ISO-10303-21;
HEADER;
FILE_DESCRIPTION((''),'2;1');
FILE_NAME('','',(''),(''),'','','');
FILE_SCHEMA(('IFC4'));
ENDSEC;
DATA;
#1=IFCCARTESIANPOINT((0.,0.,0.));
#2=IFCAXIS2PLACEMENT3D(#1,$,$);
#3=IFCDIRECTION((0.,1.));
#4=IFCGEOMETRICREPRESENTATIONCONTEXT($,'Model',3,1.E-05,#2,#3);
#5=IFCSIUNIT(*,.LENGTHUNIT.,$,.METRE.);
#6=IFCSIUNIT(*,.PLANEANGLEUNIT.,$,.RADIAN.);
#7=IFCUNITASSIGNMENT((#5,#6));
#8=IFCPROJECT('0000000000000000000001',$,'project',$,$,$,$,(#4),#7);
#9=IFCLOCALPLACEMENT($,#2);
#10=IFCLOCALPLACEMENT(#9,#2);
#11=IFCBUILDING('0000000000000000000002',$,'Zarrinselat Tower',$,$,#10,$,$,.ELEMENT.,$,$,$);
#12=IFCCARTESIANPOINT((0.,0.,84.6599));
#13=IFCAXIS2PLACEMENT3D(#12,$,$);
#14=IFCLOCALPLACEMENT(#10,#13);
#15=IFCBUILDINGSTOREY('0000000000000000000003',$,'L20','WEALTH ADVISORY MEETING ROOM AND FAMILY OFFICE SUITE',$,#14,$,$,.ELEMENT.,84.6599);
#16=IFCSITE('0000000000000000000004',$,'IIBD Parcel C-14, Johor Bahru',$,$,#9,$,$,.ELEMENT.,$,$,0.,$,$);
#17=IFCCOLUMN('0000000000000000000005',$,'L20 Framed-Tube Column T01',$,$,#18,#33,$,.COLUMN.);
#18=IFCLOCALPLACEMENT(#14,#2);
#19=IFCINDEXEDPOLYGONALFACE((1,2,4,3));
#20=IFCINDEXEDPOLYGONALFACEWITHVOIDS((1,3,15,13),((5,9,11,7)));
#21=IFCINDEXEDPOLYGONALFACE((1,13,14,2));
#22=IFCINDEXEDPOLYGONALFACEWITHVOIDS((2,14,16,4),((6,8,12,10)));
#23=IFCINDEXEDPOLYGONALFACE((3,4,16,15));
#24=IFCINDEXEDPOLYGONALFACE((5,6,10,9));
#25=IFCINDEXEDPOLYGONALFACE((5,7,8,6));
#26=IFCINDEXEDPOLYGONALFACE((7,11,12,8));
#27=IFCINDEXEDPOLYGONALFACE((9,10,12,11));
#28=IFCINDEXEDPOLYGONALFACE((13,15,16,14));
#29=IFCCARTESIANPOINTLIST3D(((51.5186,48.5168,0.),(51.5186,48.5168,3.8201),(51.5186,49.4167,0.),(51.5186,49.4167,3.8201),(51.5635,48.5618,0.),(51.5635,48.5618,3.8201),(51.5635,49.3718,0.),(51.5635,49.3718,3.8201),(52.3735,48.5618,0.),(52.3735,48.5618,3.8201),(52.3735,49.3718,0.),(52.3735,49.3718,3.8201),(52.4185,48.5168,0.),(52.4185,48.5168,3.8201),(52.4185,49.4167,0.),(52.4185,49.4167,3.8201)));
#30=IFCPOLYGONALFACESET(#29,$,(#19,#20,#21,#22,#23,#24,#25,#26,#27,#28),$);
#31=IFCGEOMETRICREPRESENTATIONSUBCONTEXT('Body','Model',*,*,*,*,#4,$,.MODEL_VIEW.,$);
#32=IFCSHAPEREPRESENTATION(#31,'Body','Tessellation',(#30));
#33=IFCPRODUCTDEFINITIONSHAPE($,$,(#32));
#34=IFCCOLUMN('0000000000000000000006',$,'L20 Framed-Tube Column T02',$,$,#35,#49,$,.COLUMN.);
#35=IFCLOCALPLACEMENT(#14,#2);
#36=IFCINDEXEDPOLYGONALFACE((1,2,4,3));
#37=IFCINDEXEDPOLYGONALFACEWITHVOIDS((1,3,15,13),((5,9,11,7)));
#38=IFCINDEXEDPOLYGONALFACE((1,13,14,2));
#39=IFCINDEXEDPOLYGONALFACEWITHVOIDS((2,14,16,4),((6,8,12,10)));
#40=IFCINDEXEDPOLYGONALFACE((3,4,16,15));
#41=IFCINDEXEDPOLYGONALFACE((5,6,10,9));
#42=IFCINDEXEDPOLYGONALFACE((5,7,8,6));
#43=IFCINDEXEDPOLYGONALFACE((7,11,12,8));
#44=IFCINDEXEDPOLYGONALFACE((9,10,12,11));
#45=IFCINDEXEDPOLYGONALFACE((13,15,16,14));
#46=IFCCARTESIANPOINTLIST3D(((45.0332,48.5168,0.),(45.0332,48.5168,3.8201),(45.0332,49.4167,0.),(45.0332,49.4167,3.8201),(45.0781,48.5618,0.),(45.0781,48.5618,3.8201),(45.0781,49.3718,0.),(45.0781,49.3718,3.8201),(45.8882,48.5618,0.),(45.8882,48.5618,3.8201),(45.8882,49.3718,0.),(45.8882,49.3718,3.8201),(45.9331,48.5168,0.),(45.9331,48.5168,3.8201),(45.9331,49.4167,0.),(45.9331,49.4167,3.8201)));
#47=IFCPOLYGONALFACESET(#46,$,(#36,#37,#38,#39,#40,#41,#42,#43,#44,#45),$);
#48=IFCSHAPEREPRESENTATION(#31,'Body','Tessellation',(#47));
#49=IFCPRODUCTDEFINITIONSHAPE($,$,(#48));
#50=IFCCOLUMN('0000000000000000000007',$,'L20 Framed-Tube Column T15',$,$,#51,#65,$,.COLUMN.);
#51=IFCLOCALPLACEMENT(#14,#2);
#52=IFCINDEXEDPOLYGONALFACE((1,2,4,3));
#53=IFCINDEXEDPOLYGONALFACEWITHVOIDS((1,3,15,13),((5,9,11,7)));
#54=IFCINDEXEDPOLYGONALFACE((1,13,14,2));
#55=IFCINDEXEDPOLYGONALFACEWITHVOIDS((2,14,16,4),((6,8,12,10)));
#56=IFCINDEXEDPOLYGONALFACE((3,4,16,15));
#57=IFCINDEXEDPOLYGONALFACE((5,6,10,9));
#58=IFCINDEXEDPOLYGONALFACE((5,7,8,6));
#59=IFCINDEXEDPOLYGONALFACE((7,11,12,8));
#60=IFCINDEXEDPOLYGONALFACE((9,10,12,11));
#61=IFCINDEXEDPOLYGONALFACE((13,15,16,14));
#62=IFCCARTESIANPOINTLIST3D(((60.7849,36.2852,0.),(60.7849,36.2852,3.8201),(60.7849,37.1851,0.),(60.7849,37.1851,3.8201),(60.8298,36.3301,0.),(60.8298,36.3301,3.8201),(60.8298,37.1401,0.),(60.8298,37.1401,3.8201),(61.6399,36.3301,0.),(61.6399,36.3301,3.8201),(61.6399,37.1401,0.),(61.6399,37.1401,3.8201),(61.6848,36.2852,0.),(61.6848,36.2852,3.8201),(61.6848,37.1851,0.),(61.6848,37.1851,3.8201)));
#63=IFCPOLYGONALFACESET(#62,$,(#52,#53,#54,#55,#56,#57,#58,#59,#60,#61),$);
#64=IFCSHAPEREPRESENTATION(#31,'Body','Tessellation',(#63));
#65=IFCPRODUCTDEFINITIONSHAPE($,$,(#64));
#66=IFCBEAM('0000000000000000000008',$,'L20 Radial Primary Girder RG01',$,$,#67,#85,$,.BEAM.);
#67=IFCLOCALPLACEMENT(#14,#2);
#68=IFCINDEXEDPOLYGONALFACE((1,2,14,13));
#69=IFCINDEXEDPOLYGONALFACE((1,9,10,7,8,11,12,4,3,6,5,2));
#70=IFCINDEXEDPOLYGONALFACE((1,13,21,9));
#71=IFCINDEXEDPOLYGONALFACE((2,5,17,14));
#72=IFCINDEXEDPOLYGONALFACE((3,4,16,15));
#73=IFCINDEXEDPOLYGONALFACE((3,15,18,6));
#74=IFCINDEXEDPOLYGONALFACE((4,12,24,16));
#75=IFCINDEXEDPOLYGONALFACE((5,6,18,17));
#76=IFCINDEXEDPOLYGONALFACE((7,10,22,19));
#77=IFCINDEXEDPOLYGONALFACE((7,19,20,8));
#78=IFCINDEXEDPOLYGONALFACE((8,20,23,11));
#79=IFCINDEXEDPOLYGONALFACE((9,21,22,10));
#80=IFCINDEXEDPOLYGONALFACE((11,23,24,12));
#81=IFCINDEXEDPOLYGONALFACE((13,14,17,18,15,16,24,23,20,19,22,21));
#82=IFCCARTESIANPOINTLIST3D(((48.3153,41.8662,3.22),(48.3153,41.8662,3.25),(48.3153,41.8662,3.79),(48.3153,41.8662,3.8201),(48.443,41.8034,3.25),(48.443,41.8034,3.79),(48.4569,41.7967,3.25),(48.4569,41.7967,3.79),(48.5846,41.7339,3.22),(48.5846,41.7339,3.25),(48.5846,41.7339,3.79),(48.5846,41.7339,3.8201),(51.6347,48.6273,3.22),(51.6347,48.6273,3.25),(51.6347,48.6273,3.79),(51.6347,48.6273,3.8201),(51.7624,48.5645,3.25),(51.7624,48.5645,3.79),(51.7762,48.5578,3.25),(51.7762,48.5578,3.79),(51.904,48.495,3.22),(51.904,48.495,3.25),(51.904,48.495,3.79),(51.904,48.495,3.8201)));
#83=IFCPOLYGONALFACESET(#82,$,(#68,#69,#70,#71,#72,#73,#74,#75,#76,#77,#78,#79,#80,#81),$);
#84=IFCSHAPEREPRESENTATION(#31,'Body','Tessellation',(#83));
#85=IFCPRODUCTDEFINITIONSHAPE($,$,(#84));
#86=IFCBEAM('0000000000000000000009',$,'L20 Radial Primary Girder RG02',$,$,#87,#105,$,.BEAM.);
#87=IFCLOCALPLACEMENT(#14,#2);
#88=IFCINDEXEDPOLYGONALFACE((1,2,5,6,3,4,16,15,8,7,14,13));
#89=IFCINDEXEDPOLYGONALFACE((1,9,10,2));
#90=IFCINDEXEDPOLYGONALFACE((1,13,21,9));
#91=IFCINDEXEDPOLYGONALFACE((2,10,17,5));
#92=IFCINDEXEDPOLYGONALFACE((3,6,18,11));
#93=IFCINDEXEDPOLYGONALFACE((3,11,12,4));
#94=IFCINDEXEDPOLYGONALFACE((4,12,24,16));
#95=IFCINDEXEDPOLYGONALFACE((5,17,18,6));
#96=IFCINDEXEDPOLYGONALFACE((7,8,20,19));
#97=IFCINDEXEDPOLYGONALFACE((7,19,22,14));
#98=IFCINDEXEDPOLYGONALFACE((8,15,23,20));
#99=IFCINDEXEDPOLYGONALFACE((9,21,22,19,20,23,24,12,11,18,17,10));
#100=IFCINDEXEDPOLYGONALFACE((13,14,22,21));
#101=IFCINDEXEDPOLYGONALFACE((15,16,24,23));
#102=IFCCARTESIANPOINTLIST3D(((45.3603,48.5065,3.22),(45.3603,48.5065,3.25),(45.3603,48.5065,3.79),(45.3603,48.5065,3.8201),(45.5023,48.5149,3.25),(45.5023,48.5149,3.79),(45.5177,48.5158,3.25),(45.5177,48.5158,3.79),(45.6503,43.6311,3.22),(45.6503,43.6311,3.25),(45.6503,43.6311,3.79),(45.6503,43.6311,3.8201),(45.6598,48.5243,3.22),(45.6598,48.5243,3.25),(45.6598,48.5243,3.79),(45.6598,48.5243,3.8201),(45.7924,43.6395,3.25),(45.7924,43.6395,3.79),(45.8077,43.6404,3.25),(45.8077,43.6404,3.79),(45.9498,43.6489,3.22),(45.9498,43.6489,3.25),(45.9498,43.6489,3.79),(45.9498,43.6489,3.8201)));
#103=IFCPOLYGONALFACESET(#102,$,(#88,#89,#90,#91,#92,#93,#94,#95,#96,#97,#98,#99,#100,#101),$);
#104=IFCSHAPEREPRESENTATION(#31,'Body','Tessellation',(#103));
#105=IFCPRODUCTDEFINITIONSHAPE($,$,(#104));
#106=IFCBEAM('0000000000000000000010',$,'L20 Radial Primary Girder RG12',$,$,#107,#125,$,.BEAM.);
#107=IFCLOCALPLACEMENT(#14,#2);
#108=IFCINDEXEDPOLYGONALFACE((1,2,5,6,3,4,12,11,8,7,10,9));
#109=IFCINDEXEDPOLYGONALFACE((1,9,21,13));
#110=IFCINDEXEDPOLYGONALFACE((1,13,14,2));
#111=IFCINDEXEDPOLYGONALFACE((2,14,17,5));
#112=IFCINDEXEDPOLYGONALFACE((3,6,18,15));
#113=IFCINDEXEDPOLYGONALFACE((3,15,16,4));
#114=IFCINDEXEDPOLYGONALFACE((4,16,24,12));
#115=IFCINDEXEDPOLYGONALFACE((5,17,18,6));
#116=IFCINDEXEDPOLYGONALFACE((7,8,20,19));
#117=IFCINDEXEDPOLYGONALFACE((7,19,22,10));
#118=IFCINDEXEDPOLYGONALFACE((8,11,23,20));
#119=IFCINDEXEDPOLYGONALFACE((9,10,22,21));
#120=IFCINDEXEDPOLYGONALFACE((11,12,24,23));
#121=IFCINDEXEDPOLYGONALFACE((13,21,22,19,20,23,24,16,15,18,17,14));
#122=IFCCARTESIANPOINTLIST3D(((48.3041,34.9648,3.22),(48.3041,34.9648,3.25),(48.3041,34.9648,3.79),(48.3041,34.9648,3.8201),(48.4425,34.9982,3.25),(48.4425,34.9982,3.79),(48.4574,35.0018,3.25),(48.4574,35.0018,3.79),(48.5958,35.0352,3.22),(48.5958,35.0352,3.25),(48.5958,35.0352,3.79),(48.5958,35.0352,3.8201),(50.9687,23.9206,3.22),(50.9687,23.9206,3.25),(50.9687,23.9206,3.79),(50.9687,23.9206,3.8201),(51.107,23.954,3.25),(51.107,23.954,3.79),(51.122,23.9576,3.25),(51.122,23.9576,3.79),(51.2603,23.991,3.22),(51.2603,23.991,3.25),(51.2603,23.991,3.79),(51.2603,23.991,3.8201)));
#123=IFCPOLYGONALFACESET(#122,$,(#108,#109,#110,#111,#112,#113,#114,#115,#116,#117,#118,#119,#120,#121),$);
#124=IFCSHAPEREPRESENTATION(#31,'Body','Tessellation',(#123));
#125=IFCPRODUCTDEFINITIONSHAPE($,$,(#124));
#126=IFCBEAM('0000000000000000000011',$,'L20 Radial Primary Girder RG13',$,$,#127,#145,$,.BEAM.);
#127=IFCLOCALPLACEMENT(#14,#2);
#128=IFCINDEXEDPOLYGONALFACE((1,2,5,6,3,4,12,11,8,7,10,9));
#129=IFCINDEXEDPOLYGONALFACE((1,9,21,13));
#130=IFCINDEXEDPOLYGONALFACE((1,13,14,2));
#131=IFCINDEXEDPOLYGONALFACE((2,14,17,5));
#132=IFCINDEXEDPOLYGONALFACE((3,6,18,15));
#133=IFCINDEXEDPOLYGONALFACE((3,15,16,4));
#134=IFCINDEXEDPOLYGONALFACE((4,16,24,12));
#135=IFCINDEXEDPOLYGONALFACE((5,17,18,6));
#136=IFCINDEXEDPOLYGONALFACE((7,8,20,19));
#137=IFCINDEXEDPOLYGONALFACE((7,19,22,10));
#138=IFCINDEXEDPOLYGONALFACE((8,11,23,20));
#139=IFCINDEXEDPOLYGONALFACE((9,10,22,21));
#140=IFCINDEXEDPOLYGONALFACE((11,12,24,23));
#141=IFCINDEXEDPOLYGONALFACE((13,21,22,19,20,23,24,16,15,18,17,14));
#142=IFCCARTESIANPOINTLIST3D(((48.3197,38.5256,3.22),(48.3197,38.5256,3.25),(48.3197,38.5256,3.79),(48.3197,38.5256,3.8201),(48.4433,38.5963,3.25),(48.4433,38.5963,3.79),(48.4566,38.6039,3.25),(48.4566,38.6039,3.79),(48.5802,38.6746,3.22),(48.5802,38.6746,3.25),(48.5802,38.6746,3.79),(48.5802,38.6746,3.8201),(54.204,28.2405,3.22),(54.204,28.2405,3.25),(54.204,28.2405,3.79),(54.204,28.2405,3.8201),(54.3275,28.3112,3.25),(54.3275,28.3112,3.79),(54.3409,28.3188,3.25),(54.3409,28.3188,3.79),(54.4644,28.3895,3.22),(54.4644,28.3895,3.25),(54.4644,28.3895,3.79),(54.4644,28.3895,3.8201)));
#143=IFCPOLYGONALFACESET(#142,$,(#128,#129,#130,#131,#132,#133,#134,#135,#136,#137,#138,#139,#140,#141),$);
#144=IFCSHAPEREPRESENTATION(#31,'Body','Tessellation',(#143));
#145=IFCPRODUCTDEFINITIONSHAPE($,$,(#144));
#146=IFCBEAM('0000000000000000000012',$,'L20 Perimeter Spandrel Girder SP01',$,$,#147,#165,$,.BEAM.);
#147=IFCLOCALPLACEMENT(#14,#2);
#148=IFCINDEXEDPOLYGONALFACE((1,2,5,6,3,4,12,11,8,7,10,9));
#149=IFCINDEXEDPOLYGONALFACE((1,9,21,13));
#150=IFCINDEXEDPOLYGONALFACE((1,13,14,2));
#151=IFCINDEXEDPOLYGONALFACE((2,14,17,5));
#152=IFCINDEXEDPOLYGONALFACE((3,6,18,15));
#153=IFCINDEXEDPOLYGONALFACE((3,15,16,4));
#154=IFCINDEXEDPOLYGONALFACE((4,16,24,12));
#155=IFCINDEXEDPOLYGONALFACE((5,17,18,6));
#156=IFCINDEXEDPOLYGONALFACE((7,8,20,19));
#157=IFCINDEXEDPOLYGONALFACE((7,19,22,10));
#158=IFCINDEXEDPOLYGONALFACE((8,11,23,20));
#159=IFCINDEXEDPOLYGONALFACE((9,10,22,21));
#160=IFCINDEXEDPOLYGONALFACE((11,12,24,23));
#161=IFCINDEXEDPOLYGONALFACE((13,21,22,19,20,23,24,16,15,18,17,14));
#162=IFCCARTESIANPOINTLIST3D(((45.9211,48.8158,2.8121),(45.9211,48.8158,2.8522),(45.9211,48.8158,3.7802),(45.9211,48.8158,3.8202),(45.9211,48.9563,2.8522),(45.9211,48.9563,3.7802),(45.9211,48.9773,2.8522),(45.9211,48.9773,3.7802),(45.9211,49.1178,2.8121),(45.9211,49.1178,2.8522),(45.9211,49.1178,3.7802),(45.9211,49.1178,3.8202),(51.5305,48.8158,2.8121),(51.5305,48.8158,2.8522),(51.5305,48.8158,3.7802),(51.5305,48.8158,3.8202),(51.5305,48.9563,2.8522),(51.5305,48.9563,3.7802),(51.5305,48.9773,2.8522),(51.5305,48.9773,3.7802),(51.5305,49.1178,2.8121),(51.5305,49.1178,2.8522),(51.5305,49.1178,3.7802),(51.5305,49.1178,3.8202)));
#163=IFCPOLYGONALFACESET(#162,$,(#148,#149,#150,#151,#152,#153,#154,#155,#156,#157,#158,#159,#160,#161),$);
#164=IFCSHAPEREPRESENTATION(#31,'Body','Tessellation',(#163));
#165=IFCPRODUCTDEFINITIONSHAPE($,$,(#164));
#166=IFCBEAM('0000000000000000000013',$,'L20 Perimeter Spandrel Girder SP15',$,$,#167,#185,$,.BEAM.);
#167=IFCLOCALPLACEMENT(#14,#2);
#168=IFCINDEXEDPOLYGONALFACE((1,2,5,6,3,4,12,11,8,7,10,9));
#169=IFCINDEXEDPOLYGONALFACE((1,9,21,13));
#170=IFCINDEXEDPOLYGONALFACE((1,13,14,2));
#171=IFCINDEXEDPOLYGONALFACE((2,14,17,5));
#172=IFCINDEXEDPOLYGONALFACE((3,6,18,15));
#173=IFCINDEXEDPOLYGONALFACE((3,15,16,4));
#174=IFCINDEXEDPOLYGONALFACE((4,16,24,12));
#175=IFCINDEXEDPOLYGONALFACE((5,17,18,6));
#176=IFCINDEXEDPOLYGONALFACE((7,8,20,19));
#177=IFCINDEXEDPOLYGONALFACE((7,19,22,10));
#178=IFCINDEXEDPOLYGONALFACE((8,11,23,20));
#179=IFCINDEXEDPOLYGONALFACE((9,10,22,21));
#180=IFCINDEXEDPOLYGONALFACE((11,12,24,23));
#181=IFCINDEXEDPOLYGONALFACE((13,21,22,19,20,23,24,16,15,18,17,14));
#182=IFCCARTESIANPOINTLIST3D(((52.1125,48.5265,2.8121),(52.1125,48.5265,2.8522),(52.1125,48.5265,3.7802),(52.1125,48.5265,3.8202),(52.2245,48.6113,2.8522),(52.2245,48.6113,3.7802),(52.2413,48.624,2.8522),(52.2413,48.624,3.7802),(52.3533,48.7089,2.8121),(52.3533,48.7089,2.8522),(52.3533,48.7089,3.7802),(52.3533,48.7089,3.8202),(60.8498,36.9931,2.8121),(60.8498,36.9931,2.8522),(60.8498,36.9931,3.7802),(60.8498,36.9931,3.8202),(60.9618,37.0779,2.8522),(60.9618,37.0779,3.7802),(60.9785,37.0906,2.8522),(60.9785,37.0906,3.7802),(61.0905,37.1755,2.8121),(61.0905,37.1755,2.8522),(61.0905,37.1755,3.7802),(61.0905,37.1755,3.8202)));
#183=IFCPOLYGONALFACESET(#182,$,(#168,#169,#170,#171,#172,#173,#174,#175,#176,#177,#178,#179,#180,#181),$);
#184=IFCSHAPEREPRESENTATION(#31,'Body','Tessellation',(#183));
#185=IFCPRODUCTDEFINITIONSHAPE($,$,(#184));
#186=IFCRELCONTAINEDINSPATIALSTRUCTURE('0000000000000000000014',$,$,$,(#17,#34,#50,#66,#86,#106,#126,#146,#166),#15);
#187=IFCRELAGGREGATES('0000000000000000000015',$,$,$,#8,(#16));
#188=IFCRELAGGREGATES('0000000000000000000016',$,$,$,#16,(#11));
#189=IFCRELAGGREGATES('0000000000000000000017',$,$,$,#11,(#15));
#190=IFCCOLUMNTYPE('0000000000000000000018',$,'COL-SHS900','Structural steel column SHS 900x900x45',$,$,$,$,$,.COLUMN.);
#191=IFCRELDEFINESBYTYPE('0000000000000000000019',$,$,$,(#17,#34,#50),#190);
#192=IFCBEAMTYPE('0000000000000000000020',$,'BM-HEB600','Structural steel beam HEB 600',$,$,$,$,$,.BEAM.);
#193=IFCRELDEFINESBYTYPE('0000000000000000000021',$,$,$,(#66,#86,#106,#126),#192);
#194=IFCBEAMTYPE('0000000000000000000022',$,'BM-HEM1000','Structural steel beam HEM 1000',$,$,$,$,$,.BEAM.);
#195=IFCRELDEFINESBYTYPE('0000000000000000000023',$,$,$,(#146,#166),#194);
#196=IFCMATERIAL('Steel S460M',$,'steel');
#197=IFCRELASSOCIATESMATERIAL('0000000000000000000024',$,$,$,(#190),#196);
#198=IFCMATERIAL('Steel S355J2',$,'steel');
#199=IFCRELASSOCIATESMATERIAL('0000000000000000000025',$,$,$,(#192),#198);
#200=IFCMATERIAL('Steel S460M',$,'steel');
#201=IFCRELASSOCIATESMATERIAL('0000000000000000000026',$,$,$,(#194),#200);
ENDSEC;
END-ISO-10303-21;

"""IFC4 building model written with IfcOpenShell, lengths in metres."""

from ifc_helpers import new_model, si_unit, direction, frame, origin, origin_2d, place, context, subcontext, project, spatial, hollow_rectangle, i_section, extrude, material, material_profile, profile_set, type_object, element, save


model = new_model("IFC4")

# Units and contexts
model_context = context("Model", 3, precision=1e-05, world=origin(), true_north=direction((0.0, 1.0)))
body_context = subcontext(model_context, "Body", "Model", "MODEL_VIEW")
ifc_project = project(units=[si_unit("LENGTHUNIT", "METRE"), si_unit("PLANEANGLEUNIT", "RADIAN")], contexts=[model_context])

# Site, building, storey
site_placement = place(None, origin())
site = spatial("IfcSite", under=ifc_project, at=site_placement, Name="IIBD Parcel C-14, Johor Bahru", CompositionType="ELEMENT", RefElevation=0.0)
building_placement = place(site_placement, origin())
building = spatial("IfcBuilding", under=site, at=building_placement, Name="Zarrinselat Tower", CompositionType="ELEMENT")
storey_placement = place(building_placement, frame((0.0, 0.0, 84.6599)))
storey = spatial("IfcBuildingStorey", under=building, at=storey_placement, Name="L20", Description="WEALTH ADVISORY MEETING ROOM AND FAMILY OFFICE SUITE", CompositionType="ELEMENT", Elevation=84.6599)

# Columns
ifc_material_1 = material(Name="Steel S460M", Category="steel")
ifc_material_profile_1 = material_profile(ifc_material_1, hollow_rectangle(XDim=0.8999, YDim=0.8999, WallThickness=0.0449, at=origin_2d()), Name="SHS 900x900x45")
ifc_profile_set_1 = profile_set([ifc_material_profile_1], Name="Steel S460M")
column_type = type_object("IfcColumnType", Name="COL-SHS900", Description="Structural steel column SHS 900x900x45", PredefinedType="COLUMN", material=ifc_profile_set_1)
for number, where, z_axis, x_axis, name in (
    (1, (51.9685, 48.9668, 0.0), (0.0, 0.0, 1.0), (1.0, 0.0, 0.0), "L20 Framed-Tube Column T01"),
    (2, (45.4832, 48.9668, 0.0), (0.0, 0.0, 1.0), (1.0, 0.0, 0.0), "L20 Framed-Tube Column T02"),
    (3, (61.2349, 36.7351, 0.0), (0.0, 0.0, 1.0), (1.0, 0.0, 0.0), "L20 Framed-Tube Column T15"),
):
    element("IfcColumn", number, at=place(storey_placement, frame(where, z_axis=z_axis, x_axis=x_axis)), inside=storey, type_object=column_type, Name=name, PredefinedType="COLUMN", context=body_context, shape_type="SweptSolid", body=[
        extrude(hollow_rectangle(XDim=0.8999, YDim=0.8999, WallThickness=0.0449, at=origin_2d()), origin(), (0.0, 0.0, 1.0), 3.8201),
    ])

# Beams
ifc_material_2 = material(Name="Steel S355J2", Category="steel")
ifc_material_profile_2 = material_profile(ifc_material_2, i_section(OverallWidth=0.3, OverallDepth=0.6001, WebThickness=0.0154, FlangeThickness=0.03, at=origin_2d()), Name="HEB 600")
ifc_profile_set_2 = profile_set([ifc_material_profile_2], Name="Steel S355J2")
beam_type_1 = type_object("IfcBeamType", Name="BM-HEB600", Description="Structural steel beam HEB 600", PredefinedType="BEAM", material=ifc_profile_set_2)
beam_1_placement = place(storey_placement, frame((48.45, 41.8, 3.52), z_axis=(0.440706, 0.897652, 0.0), x_axis=(-0.897652, 0.440706, 0.0)))
element("IfcBeam", 4, at=beam_1_placement, inside=storey, type_object=beam_type_1, Name="L20 Radial Primary Girder RG01", PredefinedType="BEAM", context=body_context, shape_type="SweptSolid", body=[
    extrude(i_section(OverallWidth=0.3, OverallDepth=0.6001, WebThickness=0.0154, FlangeThickness=0.03, at=origin_2d()), origin(), (0.0, 0.0, 1.0), 7.532),
])
beam_2_placement = place(storey_placement, frame((45.51, 48.5154, 3.52), z_axis=(0.059384, -0.998235, 0.0), x_axis=(0.998235, 0.059384, 0.0)))
element("IfcBeam", 5, at=beam_2_placement, inside=storey, type_object=beam_type_1, Name="L20 Radial Primary Girder RG02", PredefinedType="BEAM", context=body_context, shape_type="SweptSolid", body=[
    extrude(i_section(OverallWidth=0.3, OverallDepth=0.6001, WebThickness=0.0154, FlangeThickness=0.03, at=origin_2d()), origin(), (0.0, 0.0, 1.0), 4.884),
])
beam_3_placement = place(storey_placement, frame((48.45, 35.0, 3.52), z_axis=(0.234533, -0.972108, 0.0), x_axis=(0.972108, 0.234533, 0.0)))
element("IfcBeam", 6, at=beam_3_placement, inside=storey, type_object=beam_type_1, Name="L20 Radial Primary Girder RG12", PredefinedType="BEAM", context=body_context, shape_type="SweptSolid", body=[
    extrude(i_section(OverallWidth=0.3, OverallDepth=0.6001, WebThickness=0.0154, FlangeThickness=0.03, at=origin_2d()), origin(), (0.0, 0.0, 1.0), 11.3611),
])
beam_4_placement = place(storey_placement, frame((48.45, 38.6001, 3.52), z_axis=(0.496587, -0.867987, 0.0), x_axis=(0.867987, 0.496587, 0.0)))
element("IfcBeam", 7, at=beam_4_placement, inside=storey, type_object=beam_type_1, Name="L20 Radial Primary Girder RG13", PredefinedType="BEAM", context=body_context, shape_type="SweptSolid", body=[
    extrude(i_section(OverallWidth=0.3, OverallDepth=0.6001, WebThickness=0.0154, FlangeThickness=0.03, at=origin_2d()), origin(), (0.0, 0.0, 1.0), 11.8494),
])
ifc_material_3 = material(Name="Steel S460M", Category="steel")
ifc_material_profile_3 = material_profile(ifc_material_3, i_section(OverallWidth=0.302, OverallDepth=1.0081, WebThickness=0.021, FlangeThickness=0.04, at=origin_2d()), Name="HEM 1000")
ifc_profile_set_3 = profile_set([ifc_material_profile_3], Name="Steel S460M")
beam_type_2 = type_object("IfcBeamType", Name="BM-HEM1000", Description="Structural steel beam HEM 1000", PredefinedType="BEAM", material=ifc_profile_set_3)
beam_5_placement = place(storey_placement, frame((45.9211, 48.9668, 3.3162), z_axis=(1.0, 0.0, 0.0), x_axis=(0.0, 1.0, 0.0)))
element("IfcBeam", 8, at=beam_5_placement, inside=storey, type_object=beam_type_2, Name="L20 Perimeter Spandrel Girder SP01", PredefinedType="BEAM", context=body_context, shape_type="SweptSolid", body=[
    extrude(i_section(OverallWidth=0.302, OverallDepth=1.0081, WebThickness=0.021, FlangeThickness=0.04, at=origin_2d()), origin(), (0.0, 0.0, 1.0), 5.6094),
])
beam_6_placement = place(storey_placement, frame((52.2329, 48.6177, 3.3162), z_axis=(0.603851, -0.797097, 0.0), x_axis=(0.797097, 0.603851, 0.0)))
element("IfcBeam", 9, at=beam_6_placement, inside=storey, type_object=beam_type_2, Name="L20 Perimeter Spandrel Girder SP15", PredefinedType="BEAM", context=body_context, shape_type="SweptSolid", body=[
    extrude(i_section(OverallWidth=0.302, OverallDepth=1.0081, WebThickness=0.021, FlangeThickness=0.04, at=origin_2d()), origin(), (0.0, 0.0, 1.0), 14.4692),
])

save(model, "model.ifc")
